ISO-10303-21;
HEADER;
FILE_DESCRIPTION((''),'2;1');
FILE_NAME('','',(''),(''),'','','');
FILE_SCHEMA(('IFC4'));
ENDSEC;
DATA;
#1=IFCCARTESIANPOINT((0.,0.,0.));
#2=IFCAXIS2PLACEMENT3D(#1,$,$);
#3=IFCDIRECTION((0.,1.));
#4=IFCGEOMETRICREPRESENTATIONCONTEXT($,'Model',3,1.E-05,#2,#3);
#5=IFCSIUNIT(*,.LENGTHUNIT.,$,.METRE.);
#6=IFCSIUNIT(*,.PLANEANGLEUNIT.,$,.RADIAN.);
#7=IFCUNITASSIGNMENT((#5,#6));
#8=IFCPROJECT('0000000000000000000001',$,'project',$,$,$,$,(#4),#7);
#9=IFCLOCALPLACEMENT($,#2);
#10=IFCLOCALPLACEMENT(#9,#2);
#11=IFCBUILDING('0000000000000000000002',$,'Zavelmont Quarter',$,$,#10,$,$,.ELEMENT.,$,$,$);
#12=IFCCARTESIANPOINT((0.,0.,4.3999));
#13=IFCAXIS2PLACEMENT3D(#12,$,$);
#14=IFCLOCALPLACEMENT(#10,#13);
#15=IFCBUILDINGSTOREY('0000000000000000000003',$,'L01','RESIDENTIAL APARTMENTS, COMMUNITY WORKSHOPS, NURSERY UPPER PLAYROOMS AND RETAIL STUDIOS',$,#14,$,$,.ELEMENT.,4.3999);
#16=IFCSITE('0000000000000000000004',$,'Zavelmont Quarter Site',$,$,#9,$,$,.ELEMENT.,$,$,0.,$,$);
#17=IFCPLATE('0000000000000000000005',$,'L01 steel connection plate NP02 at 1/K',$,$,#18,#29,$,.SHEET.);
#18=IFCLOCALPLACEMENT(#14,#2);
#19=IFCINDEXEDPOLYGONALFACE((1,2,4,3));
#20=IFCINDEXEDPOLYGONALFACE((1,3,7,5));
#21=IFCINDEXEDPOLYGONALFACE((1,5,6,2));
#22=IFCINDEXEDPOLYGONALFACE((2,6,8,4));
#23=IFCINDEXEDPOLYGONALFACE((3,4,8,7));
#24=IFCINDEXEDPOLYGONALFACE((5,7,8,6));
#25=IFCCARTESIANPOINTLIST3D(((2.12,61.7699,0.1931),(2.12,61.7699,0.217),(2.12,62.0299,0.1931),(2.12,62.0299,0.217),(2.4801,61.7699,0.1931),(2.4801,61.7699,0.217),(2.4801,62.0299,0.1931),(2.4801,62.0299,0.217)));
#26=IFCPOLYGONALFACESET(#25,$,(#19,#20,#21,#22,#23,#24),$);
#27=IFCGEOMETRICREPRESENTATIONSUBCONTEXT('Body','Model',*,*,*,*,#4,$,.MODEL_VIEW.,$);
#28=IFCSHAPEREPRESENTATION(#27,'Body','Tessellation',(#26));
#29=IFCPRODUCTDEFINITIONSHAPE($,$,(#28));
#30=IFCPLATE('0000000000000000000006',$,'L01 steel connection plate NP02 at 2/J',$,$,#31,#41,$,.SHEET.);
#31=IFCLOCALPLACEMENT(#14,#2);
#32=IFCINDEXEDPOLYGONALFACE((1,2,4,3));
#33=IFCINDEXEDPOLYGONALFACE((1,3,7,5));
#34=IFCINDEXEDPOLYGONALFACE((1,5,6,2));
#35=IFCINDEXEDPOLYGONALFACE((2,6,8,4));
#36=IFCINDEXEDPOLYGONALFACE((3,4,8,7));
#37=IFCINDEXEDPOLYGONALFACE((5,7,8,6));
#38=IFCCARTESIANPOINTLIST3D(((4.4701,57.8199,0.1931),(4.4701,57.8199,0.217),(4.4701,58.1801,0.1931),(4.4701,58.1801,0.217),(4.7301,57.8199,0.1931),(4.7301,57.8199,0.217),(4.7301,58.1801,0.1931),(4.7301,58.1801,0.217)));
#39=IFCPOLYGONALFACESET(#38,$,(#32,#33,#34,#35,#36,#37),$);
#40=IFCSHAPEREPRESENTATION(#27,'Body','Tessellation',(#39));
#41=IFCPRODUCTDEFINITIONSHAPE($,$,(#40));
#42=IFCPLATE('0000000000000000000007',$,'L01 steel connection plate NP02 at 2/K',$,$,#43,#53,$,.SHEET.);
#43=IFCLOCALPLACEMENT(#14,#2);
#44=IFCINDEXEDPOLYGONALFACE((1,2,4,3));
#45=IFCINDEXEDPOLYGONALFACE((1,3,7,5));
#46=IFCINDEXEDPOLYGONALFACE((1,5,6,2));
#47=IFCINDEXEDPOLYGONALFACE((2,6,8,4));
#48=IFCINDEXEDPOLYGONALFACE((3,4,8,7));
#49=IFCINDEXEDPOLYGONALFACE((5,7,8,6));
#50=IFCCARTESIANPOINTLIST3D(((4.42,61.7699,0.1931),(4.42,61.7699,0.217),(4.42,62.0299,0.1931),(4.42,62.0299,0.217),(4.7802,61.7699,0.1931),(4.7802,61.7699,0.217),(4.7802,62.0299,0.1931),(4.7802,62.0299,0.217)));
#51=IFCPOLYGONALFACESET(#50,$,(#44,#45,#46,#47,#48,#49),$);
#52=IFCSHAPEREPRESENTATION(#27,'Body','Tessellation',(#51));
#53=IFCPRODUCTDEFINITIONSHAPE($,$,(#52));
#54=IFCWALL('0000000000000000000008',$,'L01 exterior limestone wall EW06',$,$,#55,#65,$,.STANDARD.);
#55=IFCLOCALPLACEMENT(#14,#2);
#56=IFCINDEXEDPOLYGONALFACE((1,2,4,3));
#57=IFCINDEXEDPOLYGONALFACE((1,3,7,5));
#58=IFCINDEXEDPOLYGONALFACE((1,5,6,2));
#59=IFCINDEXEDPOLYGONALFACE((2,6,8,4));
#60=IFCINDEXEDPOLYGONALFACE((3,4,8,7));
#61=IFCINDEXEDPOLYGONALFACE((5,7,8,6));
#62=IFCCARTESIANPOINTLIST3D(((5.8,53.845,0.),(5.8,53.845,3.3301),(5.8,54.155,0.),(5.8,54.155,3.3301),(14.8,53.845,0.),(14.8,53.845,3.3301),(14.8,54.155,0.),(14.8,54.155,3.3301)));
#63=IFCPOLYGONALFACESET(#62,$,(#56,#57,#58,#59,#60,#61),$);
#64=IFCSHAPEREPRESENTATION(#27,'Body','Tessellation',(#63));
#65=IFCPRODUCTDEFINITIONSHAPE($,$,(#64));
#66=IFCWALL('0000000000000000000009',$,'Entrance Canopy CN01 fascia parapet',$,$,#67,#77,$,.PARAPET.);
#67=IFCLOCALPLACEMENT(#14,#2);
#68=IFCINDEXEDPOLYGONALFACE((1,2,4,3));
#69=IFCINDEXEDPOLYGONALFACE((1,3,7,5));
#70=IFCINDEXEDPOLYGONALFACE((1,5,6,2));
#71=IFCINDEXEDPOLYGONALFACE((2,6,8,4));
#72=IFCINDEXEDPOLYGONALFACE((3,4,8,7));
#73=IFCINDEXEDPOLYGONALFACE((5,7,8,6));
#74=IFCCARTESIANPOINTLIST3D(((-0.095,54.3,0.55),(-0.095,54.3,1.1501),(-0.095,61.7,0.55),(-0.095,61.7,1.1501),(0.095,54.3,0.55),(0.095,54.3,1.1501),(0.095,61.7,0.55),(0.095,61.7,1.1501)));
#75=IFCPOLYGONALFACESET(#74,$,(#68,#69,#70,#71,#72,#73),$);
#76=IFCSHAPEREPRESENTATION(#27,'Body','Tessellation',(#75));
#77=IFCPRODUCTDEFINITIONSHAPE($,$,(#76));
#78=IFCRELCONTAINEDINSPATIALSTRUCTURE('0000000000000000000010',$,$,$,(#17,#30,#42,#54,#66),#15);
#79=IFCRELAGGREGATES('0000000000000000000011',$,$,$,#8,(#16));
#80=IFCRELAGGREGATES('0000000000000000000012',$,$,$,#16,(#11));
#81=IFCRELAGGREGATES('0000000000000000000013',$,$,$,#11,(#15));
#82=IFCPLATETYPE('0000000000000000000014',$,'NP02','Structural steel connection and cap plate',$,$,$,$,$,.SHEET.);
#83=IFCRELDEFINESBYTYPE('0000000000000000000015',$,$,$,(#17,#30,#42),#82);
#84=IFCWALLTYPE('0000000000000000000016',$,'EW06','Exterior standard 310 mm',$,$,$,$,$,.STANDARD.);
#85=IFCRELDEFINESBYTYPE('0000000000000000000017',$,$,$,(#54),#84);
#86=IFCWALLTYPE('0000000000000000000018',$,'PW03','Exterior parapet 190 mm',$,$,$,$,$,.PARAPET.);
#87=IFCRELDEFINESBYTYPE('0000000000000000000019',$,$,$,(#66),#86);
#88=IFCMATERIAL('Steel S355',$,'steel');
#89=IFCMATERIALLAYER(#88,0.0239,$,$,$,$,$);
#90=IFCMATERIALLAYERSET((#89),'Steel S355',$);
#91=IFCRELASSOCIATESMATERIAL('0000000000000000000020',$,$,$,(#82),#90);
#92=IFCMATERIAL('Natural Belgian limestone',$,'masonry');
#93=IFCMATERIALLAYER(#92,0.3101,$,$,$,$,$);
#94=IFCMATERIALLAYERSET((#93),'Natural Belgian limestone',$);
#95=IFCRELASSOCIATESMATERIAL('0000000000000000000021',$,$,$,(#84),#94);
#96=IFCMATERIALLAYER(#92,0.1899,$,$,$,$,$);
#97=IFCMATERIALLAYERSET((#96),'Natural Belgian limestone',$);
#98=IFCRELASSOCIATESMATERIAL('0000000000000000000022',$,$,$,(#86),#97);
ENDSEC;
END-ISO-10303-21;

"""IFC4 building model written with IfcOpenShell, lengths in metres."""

from ifc_helpers import new_model, si_unit, direction, frame, frame_2d, origin, origin_2d, place, context, subcontext, project, spatial, rectangle, extrude, material, layer, layer_set, type_object, element, save


model = new_model("IFC4")

# Units and contexts
model_context = context("Model", 3, precision=1e-05, world=origin(), true_north=direction((0.0, 1.0)))
body_context = subcontext(model_context, "Body", "Model", "MODEL_VIEW")
ifc_project = project(units=[si_unit("LENGTHUNIT", "METRE"), si_unit("PLANEANGLEUNIT", "RADIAN")], contexts=[model_context])

# Site, building, storey
site_placement = place(None, origin())
site = spatial("IfcSite", under=ifc_project, at=site_placement, Name="Zavelmont Quarter Site", CompositionType="ELEMENT", RefElevation=0.0)
building_placement = place(site_placement, origin())
building = spatial("IfcBuilding", under=site, at=building_placement, Name="Zavelmont Quarter", CompositionType="ELEMENT")
storey_placement = place(building_placement, frame((0.0, 0.0, 4.3999)))
storey = spatial("IfcBuildingStorey", under=building, at=storey_placement, Name="L01", Description="RESIDENTIAL APARTMENTS, COMMUNITY WORKSHOPS, NURSERY UPPER PLAYROOMS AND RETAIL STUDIOS", CompositionType="ELEMENT", Elevation=4.3999)

# Shared definitions
ifc_material_1 = material(Name="Steel S355", Category="steel")

# Plates
ifc_layer_1 = layer(ifc_material_1, 0.0239)
ifc_layer_set_1 = layer_set([ifc_layer_1], Name="Steel S355")
plate_type_1 = type_object("IfcPlateType", Name="NP02", Description="Structural steel connection and cap plate", PredefinedType="SHEET", material=ifc_layer_set_1)
for number, where, z_axis, x_axis, name in (
    (1, (2.3, 61.8999, 0.1931), (0.0, 0.0, 1.0), (1.0, 0.0, 0.0), "L01 steel connection plate NP02 at 1/K"),
    (2, (4.6001, 58.0, 0.1931), (0.0, 0.0, 1.0), (0.0, 1.0, 0.0), "L01 steel connection plate NP02 at 2/J"),
    (3, (4.6001, 61.8999, 0.1931), (0.0, 0.0, 1.0), (1.0, 0.0, 0.0), "L01 steel connection plate NP02 at 2/K"),
):
    element("IfcPlate", number, at=place(storey_placement, frame(where, z_axis=z_axis, x_axis=x_axis)), inside=storey, type_object=plate_type_1, Name=name, PredefinedType="SHEET", context=body_context, shape_type="SweptSolid", body=[
        extrude(rectangle(XDim=0.3601, YDim=0.26, at=origin_2d()), origin(), (0.0, 0.0, 1.0), 0.0239),
    ])

# Walls
ifc_material_2 = material(Name="Natural Belgian limestone", Category="masonry")
ifc_layer_2 = layer(ifc_material_2, 0.3101)
ifc_layer_set_2 = layer_set([ifc_layer_2], Name="Natural Belgian limestone")
wall_type_1 = type_object("IfcWallType", Name="EW06", Description="Exterior standard 310 mm", PredefinedType="STANDARD", material=ifc_layer_set_2)
wall_1_placement = place(storey_placement, frame((5.8, 54.0, 0.0), z_axis=(0.0, 0.0, 1.0), x_axis=(1.0, 0.0, 0.0)))
element("IfcWall", 4, at=wall_1_placement, inside=storey, type_object=wall_type_1, Name="L01 exterior limestone wall EW06", PredefinedType="STANDARD", context=body_context, shape_type="SweptSolid", body=[
    extrude(rectangle(XDim=9.0, YDim=0.3101, at=frame_2d((4.5, 0.0))), origin(), (0.0, 0.0, 1.0), 3.3301),
])
ifc_layer_3 = layer(ifc_material_2, 0.1899)
ifc_layer_set_3 = layer_set([ifc_layer_3], Name="Natural Belgian limestone")
wall_type_2 = type_object("IfcWallType", Name="PW03", Description="Exterior parapet 190 mm", PredefinedType="PARAPET", material=ifc_layer_set_3)
wall_2_placement = place(storey_placement, frame((0.0, 54.3, 0.55), z_axis=(0.0, 0.0, 1.0), x_axis=(0.0, 1.0, 0.0)))
element("IfcWall", 5, at=wall_2_placement, inside=storey, type_object=wall_type_2, Name="Entrance Canopy CN01 fascia parapet", PredefinedType="PARAPET", context=body_context, shape_type="SweptSolid", body=[
    extrude(rectangle(XDim=7.3999, YDim=0.1899, at=frame_2d((3.7, 0.0))), origin(), (0.0, 0.0, 1.0), 0.6001),
])

save(model, "model.ifc")
